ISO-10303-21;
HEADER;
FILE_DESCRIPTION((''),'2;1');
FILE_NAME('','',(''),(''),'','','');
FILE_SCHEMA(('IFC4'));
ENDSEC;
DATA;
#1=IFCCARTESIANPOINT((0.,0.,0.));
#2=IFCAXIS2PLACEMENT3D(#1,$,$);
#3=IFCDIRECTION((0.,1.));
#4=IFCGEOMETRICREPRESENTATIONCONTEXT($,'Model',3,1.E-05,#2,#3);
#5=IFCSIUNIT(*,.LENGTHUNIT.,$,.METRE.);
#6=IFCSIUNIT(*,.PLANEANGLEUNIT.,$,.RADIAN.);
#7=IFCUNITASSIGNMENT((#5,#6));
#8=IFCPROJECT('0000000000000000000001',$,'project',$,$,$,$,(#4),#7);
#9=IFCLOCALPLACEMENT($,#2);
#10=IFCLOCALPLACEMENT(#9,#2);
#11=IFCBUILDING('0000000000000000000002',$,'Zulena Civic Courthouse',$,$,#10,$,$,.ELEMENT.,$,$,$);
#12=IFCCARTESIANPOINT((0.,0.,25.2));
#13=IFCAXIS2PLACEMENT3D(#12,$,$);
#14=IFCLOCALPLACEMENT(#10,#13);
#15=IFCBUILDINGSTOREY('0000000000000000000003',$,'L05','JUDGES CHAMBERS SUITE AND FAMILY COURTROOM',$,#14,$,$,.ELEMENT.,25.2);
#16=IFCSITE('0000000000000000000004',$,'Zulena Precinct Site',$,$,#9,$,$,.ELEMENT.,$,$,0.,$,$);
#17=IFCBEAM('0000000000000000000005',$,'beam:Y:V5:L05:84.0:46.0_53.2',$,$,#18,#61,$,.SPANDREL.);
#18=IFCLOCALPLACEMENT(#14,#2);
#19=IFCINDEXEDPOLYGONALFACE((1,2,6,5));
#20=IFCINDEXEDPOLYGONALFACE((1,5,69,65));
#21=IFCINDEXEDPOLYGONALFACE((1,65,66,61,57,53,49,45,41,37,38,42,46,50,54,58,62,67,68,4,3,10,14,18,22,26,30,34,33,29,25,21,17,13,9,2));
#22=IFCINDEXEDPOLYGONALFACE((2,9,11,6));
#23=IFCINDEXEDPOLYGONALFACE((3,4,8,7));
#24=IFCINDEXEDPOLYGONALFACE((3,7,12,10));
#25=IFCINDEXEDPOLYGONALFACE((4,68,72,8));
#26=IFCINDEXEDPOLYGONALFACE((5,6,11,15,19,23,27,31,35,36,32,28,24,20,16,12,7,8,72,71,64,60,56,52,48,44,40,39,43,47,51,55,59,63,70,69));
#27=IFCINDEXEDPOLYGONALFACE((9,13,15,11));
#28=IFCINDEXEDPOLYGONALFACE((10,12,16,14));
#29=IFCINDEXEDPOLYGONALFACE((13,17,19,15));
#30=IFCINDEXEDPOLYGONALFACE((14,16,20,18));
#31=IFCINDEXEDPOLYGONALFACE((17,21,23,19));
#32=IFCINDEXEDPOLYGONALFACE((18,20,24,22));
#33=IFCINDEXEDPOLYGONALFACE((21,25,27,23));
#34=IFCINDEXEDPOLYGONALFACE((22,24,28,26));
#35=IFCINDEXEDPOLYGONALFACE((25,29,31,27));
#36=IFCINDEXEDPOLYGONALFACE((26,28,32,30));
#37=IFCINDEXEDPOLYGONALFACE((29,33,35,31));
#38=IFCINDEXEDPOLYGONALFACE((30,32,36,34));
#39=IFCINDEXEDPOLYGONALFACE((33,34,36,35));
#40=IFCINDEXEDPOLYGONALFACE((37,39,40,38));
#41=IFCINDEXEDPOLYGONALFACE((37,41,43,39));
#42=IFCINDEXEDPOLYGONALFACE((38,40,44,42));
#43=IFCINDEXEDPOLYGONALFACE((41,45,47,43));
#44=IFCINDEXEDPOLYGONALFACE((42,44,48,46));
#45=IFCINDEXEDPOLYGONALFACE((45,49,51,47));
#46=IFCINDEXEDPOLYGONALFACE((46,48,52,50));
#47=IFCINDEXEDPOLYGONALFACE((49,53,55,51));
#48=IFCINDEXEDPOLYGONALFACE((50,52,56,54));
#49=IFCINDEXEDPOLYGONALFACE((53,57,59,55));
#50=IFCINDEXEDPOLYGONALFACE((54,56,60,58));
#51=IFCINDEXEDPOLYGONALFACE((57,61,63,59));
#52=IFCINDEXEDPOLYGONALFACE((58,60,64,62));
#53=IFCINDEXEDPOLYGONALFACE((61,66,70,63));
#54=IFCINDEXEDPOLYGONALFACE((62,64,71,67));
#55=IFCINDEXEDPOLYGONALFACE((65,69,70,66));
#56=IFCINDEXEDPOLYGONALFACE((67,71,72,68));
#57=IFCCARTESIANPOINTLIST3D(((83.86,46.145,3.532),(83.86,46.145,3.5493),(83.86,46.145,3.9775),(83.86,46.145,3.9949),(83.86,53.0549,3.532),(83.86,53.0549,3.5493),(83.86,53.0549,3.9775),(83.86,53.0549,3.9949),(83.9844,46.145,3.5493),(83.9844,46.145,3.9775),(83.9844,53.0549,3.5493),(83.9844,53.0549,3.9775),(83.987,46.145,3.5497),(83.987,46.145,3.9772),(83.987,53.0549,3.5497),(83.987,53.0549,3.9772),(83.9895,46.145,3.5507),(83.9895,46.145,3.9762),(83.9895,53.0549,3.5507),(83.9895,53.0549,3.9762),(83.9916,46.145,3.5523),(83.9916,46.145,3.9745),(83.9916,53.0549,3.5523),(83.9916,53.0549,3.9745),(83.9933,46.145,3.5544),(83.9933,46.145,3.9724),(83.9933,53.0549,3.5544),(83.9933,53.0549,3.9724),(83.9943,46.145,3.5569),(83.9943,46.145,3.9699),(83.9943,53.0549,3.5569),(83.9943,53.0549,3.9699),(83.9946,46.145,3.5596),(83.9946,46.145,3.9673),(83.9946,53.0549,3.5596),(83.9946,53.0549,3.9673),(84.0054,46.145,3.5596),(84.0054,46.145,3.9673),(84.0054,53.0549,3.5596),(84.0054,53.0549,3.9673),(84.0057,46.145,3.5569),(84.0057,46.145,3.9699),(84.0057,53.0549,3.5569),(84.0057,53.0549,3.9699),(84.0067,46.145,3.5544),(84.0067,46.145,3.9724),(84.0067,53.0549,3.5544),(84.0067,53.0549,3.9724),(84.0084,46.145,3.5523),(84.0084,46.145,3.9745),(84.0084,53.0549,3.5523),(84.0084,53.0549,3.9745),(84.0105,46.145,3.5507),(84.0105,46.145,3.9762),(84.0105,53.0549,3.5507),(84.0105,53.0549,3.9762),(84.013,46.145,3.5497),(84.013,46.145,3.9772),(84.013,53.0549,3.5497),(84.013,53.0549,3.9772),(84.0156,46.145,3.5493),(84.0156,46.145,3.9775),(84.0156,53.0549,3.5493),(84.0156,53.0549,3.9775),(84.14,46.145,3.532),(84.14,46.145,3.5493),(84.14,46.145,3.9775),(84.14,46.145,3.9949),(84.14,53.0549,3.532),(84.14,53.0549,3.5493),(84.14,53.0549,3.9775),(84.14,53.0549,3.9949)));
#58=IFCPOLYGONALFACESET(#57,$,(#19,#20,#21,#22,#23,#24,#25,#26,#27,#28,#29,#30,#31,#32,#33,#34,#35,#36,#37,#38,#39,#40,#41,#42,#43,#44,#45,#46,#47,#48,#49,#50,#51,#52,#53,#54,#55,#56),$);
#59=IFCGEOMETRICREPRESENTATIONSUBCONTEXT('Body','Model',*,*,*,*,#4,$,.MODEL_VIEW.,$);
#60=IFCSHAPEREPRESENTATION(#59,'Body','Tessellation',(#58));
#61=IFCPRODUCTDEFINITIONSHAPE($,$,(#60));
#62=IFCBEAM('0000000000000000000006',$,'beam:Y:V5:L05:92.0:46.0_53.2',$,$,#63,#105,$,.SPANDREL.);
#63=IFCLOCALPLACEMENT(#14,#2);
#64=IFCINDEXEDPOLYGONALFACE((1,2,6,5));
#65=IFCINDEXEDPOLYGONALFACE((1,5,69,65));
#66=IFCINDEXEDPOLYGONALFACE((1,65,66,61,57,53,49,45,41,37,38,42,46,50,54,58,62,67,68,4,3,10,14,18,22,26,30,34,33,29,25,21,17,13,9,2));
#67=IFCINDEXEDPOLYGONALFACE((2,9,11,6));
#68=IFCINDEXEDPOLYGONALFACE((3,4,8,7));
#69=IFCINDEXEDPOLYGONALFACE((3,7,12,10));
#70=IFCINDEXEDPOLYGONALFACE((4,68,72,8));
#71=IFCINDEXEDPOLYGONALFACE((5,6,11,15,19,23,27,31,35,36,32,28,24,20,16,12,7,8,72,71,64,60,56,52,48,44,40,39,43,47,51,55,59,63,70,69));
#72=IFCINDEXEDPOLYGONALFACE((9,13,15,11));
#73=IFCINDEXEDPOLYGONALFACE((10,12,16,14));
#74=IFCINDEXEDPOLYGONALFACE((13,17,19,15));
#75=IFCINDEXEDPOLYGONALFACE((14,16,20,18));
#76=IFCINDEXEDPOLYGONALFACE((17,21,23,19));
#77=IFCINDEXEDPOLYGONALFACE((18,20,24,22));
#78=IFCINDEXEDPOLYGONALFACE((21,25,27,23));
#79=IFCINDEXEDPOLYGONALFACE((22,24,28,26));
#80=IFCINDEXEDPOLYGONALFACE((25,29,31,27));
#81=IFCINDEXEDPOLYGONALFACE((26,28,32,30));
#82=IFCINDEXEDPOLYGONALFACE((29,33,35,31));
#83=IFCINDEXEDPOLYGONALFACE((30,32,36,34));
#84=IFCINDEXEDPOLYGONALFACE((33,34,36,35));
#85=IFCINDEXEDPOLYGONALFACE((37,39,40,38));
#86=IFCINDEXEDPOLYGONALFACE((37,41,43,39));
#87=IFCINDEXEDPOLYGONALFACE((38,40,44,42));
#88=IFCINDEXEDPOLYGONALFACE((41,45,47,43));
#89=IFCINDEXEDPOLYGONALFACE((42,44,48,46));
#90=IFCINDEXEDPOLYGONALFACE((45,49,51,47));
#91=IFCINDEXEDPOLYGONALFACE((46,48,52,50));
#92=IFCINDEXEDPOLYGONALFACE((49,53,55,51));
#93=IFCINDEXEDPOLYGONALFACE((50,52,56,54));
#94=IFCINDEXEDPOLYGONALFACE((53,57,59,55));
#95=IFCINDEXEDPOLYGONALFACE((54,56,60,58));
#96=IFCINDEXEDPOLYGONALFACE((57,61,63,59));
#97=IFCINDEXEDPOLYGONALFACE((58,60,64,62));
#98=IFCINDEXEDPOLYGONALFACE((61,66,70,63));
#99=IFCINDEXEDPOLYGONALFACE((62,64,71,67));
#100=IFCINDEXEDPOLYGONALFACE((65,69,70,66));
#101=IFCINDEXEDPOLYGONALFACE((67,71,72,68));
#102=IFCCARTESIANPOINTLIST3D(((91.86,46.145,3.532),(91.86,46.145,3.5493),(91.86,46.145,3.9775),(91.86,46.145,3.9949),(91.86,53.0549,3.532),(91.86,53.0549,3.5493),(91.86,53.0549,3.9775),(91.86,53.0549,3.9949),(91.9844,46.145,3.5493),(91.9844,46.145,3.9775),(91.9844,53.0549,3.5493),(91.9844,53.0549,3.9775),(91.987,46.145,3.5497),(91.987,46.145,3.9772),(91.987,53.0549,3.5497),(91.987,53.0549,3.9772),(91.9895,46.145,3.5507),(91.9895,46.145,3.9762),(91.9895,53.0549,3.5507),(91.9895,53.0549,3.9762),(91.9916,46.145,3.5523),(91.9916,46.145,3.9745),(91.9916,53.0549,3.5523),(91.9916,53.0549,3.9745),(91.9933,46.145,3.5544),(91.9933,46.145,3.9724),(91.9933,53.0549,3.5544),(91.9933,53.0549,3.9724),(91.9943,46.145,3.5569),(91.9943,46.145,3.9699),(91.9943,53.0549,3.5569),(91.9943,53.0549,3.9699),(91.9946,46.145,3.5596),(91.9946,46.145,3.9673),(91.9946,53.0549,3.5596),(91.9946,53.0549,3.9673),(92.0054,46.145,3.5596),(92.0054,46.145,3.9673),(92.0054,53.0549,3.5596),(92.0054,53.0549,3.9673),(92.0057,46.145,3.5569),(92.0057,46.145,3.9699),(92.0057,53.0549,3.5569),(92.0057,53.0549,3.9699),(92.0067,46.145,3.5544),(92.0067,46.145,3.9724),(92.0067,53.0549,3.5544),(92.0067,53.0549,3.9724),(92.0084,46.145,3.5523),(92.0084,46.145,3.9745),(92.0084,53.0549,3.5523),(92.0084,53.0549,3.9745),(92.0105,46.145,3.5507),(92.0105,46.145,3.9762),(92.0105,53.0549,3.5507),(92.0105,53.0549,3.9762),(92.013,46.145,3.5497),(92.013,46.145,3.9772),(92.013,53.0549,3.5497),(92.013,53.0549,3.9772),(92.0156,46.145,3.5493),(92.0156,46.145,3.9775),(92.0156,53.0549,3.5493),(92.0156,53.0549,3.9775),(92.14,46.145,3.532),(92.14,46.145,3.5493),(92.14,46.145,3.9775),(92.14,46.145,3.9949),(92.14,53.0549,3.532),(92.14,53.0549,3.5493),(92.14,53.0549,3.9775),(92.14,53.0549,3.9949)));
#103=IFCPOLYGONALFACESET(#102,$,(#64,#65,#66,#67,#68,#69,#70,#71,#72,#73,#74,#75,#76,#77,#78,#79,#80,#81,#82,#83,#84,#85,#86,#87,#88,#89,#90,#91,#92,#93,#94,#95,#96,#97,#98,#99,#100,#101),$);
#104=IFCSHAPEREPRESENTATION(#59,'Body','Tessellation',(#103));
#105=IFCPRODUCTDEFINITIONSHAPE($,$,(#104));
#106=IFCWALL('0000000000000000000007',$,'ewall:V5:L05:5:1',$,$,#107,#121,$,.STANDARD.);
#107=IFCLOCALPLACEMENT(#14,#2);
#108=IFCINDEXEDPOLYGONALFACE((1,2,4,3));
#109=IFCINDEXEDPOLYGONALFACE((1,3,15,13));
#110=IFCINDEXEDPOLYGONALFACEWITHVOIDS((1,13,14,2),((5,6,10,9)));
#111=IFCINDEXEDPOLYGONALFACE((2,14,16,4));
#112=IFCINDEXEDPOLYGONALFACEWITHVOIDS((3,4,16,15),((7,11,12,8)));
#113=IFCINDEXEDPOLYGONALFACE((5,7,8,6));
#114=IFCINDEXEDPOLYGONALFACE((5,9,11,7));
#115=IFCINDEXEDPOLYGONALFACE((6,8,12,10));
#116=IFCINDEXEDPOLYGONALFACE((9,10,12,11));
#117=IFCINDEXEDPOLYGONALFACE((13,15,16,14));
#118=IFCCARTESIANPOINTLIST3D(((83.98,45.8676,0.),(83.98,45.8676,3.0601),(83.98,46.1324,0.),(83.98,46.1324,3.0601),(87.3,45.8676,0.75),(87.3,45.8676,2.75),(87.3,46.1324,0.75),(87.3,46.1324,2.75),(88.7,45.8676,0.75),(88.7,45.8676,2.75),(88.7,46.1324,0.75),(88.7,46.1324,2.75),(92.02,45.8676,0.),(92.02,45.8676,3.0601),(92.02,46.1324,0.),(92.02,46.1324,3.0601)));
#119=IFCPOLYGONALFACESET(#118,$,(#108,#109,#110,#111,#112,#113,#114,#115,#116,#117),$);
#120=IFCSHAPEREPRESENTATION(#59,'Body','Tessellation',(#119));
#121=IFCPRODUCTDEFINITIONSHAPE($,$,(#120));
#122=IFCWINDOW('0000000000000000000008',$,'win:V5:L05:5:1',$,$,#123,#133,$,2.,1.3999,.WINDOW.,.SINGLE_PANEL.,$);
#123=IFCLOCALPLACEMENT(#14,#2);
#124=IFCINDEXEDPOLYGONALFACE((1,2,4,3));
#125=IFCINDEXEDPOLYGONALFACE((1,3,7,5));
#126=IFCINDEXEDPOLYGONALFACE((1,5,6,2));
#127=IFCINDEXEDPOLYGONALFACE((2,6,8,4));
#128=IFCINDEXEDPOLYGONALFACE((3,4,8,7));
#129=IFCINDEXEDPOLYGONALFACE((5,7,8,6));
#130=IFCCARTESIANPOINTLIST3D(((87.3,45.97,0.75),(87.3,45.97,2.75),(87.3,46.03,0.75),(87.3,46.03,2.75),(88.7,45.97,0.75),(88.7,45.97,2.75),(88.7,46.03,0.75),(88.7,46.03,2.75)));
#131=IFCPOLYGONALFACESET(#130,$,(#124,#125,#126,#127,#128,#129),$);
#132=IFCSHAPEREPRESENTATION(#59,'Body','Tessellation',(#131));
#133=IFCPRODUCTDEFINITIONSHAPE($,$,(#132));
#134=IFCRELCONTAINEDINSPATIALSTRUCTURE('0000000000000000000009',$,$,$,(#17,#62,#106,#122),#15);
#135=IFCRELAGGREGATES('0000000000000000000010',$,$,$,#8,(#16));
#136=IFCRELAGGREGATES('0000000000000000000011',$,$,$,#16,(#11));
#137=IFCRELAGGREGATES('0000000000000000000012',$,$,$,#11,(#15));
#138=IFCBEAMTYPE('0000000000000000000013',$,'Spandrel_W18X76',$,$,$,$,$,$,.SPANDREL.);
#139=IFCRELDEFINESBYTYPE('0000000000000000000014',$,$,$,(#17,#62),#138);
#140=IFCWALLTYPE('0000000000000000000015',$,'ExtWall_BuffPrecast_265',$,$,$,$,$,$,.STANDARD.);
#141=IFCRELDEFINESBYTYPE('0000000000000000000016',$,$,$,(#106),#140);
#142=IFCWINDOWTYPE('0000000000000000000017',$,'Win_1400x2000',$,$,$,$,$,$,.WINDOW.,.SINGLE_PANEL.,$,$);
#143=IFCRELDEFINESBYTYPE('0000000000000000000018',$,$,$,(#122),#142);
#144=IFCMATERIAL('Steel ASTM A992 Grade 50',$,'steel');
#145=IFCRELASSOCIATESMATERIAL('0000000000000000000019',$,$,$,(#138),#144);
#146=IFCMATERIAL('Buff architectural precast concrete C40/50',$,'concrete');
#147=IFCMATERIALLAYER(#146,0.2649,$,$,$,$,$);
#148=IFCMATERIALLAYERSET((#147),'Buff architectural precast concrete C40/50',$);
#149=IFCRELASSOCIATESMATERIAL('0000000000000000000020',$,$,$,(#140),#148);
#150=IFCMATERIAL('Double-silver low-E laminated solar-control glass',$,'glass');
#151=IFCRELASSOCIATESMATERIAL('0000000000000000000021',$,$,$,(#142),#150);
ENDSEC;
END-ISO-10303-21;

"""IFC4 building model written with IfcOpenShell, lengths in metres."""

from ifc_helpers import new_model, si_unit, direction, frame, frame_2d, origin, origin_2d, place, context, subcontext, project, spatial, rectangle, i_section, extrude, material, layer, layer_set, material_profile, profile_set, type_object, element, fill, save


model = new_model("IFC4")

# Units and contexts
model_context = context("Model", 3, precision=1e-05, world=origin(), true_north=direction((0.0, 1.0)))
body_context = subcontext(model_context, "Body", "Model", "MODEL_VIEW")
ifc_project = project(units=[si_unit("LENGTHUNIT", "METRE"), si_unit("PLANEANGLEUNIT", "RADIAN")], contexts=[model_context])

# Site, building, storey
site_placement = place(None, origin())
site = spatial("IfcSite", under=ifc_project, at=site_placement, Name="Zulena Precinct Site", CompositionType="ELEMENT", RefElevation=0.0)
building_placement = place(site_placement, origin())
building = spatial("IfcBuilding", under=site, at=building_placement, Name="Zulena Civic Courthouse", CompositionType="ELEMENT")
storey_placement = place(building_placement, frame((0.0, 0.0, 25.2)))
storey = spatial("IfcBuildingStorey", under=building, at=storey_placement, Name="L05", Description="JUDGES CHAMBERS SUITE AND FAMILY COURTROOM", CompositionType="ELEMENT", Elevation=25.2)

# Shared definitions
ifc_material_1 = material(Name="Steel ASTM A992 Grade 50", Category="steel")

# Shared definitions
ifc_material_2 = material(Name="Double-silver low-E laminated solar-control glass", Category="glass")

# Beams
ifc_material_profile_1 = material_profile(ifc_material_1, i_section(OverallWidth=0.28, OverallDepth=0.4629, WebThickness=0.0107, FlangeThickness=0.0173, FilletRadius=0.0103, at=origin_2d()), Name="W18X76")
ifc_profile_set_1 = profile_set([ifc_material_profile_1], Name="Steel ASTM A992 Grade 50")
beam_type_1 = type_object("IfcBeamType", Name="Spandrel_W18X76", PredefinedType="SPANDREL", material=ifc_profile_set_1)
for number, where, z_axis, x_axis, name in (
    (1, (84.0, 46.145, 3.7634), (0.0, 1.0, 0.0), (-1.0, 0.0, 0.0), "beam:Y:V5:L05:84.0:46.0_53.2"),
    (2, (92.0, 46.145, 3.7634), (0.0, 1.0, 0.0), (-1.0, 0.0, 0.0), "beam:Y:V5:L05:92.0:46.0_53.2"),
):
    element("IfcBeam", number, at=place(storey_placement, frame(where, z_axis=z_axis, x_axis=x_axis)), inside=storey, type_object=beam_type_1, Name=name, PredefinedType="SPANDREL", context=body_context, shape_type="SweptSolid", body=[
        extrude(i_section(OverallWidth=0.28, OverallDepth=0.4629, WebThickness=0.0107, FlangeThickness=0.0173, FilletRadius=0.0103, at=origin_2d()), origin(), (0.0, 0.0, 1.0), 6.9099),
    ])

# Wall, opening, window
ifc_material_3 = material(Name="Buff architectural precast concrete C40/50", Category="concrete")
ifc_layer = layer(ifc_material_3, 0.2649)
ifc_layer_set = layer_set([ifc_layer], Name="Buff architectural precast concrete C40/50")
wall_type = type_object("IfcWallType", Name="ExtWall_BuffPrecast_265", PredefinedType="STANDARD", material=ifc_layer_set)
wall_placement = place(storey_placement, frame((92.02, 46.0, 0.0), z_axis=(0.0, 0.0, 1.0), x_axis=(-1.0, 0.0, 0.0)))
wall = element("IfcWall", 3, at=wall_placement, inside=storey, type_object=wall_type, Name="ewall:V5:L05:5:1", PredefinedType="STANDARD", context=body_context, shape_type="SweptSolid", body=[
    extrude(rectangle(XDim=8.04, YDim=0.2649, at=frame_2d((4.02, 0.0))), origin(), (0.0, 0.0, 1.0), 3.0601),
])
opening_placement = place(wall_placement, frame((3.3201, 0.0, 0.75)))
opening = element("IfcOpeningElement", 4, at=opening_placement, cuts=wall, PredefinedType="OPENING", context=body_context, shape_type="SweptSolid", body=[
    extrude(rectangle(XDim=1.3999, YDim=2.0, at=frame_2d((0.7, 1.0))), frame((0.0, 0.1423, 0.0), z_axis=(0.0, -1.0, 0.0), x_axis=(1.0, 0.0, 0.0)), (0.0, 0.0, 1.0), 0.2849),
])
window_type = type_object("IfcWindowType", Name="Win_1400x2000", PartitioningType="SINGLE_PANEL", PredefinedType="WINDOW", material=ifc_material_2)
window_placement = place(opening_placement, origin())
window = element("IfcWindow", 5, at=window_placement, inside=storey, type_object=window_type, Name="win:V5:L05:5:1", OverallHeight=2.0, OverallWidth=1.3999, PartitioningType="SINGLE_PANEL", PredefinedType="WINDOW", context=body_context, shape_type="SweptSolid", body=[
    extrude(rectangle(XDim=1.3999, YDim=2.0, at=frame_2d((0.7, 1.0))), frame((0.0, 0.03, 0.0), z_axis=(0.0, -1.0, 0.0), x_axis=(1.0, 0.0, 0.0)), (0.0, 0.0, 1.0), 0.0601),
])
fill(opening, window)

save(model, "model.ifc")
